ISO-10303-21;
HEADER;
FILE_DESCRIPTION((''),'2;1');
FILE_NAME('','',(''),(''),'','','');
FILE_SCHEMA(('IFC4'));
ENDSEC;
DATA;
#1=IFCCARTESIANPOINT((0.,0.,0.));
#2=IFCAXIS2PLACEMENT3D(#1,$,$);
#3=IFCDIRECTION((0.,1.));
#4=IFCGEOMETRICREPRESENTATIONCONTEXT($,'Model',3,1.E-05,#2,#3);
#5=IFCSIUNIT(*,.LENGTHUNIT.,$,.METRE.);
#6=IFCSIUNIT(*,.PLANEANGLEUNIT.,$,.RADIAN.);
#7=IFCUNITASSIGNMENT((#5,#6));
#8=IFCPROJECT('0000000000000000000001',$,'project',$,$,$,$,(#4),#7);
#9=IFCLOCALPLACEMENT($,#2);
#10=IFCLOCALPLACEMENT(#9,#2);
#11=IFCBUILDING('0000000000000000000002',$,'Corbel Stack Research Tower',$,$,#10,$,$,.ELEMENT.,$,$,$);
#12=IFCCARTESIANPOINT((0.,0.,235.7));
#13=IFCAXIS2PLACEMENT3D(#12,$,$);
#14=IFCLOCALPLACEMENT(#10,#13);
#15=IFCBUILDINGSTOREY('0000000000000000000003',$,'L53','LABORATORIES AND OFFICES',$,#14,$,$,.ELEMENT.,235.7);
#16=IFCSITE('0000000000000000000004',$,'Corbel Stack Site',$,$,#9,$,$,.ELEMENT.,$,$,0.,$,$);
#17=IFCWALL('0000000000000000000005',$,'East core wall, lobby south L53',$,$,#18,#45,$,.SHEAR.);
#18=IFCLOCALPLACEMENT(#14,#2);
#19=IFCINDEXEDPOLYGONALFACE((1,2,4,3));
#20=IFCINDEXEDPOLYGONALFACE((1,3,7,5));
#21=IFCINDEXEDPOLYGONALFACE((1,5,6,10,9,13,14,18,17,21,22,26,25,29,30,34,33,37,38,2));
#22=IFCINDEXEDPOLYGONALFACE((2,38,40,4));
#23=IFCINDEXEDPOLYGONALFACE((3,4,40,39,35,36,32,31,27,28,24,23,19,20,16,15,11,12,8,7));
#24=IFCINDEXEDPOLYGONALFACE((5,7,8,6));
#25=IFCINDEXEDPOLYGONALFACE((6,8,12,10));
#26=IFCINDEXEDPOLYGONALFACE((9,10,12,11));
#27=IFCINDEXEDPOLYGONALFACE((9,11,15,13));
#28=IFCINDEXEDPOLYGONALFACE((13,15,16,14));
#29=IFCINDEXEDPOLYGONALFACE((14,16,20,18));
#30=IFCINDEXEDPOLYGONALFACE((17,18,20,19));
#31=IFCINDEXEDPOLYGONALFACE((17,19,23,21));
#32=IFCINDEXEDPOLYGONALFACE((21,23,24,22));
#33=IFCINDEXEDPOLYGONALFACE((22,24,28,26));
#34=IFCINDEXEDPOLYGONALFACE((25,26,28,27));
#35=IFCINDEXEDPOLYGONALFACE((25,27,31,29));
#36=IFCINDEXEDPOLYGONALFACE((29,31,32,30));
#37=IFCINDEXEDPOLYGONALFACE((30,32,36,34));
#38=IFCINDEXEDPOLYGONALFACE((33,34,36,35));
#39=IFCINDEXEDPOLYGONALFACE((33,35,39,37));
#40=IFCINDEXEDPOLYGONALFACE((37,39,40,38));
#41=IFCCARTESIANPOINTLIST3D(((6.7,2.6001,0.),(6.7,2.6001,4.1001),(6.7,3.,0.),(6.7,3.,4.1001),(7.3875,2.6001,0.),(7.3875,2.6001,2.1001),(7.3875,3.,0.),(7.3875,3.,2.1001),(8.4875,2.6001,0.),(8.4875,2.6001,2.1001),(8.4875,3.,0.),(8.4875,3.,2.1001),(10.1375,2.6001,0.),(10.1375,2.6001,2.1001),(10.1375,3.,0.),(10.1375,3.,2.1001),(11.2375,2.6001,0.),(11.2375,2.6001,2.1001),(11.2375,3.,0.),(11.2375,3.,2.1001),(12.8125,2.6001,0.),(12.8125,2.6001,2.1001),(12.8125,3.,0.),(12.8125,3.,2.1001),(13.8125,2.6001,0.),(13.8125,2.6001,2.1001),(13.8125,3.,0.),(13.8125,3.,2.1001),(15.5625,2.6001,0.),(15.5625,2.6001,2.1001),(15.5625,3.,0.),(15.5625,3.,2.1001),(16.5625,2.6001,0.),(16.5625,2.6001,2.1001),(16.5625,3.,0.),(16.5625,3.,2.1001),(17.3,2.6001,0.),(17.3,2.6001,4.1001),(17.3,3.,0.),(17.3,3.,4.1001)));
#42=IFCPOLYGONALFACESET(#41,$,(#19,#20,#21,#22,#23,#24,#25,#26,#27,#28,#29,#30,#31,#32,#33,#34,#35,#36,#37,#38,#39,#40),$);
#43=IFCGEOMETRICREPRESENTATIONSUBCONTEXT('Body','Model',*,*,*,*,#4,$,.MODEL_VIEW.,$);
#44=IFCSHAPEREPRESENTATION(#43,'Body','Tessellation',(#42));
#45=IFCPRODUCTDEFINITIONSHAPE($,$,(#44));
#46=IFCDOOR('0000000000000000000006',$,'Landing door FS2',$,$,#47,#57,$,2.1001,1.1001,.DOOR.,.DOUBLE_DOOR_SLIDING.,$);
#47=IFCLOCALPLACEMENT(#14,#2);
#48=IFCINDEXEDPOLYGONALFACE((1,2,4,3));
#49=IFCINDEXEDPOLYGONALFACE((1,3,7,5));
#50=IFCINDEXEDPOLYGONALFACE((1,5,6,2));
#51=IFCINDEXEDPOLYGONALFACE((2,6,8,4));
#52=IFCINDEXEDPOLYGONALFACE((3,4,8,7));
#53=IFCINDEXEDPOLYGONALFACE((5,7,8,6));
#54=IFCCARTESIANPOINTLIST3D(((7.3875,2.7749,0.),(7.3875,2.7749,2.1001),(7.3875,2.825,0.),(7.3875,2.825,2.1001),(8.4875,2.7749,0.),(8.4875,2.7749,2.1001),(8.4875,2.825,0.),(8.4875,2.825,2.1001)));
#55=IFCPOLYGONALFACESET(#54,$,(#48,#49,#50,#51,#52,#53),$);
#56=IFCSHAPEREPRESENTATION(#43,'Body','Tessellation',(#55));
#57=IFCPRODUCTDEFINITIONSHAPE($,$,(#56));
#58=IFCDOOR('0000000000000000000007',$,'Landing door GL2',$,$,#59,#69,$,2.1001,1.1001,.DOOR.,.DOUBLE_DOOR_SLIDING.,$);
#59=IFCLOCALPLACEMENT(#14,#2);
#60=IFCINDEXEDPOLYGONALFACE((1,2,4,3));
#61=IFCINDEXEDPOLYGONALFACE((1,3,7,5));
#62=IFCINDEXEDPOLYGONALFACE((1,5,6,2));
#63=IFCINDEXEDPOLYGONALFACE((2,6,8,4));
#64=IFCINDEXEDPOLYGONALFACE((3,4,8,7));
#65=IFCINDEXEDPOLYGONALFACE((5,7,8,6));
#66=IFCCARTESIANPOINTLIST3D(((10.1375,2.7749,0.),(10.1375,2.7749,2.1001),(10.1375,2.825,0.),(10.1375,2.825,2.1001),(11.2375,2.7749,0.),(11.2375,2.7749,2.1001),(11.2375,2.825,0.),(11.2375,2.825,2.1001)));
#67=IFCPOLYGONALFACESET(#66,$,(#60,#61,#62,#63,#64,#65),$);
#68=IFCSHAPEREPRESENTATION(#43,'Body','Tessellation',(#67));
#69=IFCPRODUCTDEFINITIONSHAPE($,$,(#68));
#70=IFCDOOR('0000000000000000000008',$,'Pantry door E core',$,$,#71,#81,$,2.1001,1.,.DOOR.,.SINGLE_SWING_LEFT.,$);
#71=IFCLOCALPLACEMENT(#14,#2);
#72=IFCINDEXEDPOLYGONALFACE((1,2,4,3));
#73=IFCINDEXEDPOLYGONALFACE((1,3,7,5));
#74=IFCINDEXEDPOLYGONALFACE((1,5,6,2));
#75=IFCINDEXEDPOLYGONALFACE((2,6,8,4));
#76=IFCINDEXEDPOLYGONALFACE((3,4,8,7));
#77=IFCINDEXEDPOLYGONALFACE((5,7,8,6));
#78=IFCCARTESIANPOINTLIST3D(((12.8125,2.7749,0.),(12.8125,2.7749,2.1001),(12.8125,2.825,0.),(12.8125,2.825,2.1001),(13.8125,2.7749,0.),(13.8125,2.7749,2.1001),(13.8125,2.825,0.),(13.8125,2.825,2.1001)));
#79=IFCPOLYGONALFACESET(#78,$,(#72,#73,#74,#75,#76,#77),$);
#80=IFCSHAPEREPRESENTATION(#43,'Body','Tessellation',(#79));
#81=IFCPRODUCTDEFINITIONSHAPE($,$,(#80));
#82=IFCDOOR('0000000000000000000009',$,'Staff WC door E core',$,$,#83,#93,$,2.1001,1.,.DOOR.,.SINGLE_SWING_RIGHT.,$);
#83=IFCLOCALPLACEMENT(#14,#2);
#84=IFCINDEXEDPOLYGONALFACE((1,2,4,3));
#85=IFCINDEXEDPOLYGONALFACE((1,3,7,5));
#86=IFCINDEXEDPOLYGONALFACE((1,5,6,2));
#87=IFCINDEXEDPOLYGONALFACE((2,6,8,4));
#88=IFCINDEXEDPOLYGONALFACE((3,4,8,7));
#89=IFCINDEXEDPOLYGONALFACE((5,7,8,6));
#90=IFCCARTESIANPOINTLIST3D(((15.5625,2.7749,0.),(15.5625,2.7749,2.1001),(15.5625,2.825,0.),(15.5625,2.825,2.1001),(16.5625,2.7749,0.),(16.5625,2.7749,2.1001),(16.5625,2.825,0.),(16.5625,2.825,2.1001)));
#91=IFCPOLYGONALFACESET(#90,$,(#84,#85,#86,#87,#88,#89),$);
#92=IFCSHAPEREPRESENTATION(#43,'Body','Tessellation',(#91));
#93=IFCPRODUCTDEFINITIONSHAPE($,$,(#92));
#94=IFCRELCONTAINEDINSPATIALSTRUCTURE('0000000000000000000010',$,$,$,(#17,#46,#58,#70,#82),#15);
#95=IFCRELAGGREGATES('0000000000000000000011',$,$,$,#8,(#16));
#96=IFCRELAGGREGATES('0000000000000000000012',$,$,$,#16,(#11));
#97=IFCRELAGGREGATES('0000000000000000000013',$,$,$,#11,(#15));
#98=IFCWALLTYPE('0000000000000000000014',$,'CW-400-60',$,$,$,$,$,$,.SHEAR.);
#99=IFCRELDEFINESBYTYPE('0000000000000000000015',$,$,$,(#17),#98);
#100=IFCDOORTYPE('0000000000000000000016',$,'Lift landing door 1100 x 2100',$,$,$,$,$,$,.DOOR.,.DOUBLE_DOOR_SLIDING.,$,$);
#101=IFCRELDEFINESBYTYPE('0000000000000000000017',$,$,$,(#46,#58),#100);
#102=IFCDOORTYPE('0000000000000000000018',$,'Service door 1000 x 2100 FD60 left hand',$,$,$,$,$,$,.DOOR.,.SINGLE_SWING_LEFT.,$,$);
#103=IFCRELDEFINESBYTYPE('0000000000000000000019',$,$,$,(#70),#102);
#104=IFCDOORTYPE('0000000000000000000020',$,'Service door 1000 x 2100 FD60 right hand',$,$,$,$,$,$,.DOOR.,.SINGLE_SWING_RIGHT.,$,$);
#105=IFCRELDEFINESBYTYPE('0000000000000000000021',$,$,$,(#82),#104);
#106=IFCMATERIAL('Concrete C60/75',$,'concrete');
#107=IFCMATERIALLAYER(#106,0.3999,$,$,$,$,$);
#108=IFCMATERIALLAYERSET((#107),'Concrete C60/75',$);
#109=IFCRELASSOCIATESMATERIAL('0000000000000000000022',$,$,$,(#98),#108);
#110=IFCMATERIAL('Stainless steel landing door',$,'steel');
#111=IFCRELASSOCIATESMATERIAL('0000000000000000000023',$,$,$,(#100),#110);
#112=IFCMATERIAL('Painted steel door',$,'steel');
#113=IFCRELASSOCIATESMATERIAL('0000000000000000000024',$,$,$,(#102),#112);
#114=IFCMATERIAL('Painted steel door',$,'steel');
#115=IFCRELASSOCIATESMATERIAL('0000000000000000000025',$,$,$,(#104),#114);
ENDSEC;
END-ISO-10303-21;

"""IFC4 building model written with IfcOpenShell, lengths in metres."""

from ifc_helpers import new_model, si_unit, direction, frame, frame_2d, origin, place, context, subcontext, project, spatial, rectangle, extrude, material, layer, layer_set, type_object, element, fill, save


model = new_model("IFC4")

# Units and contexts
model_context = context("Model", 3, precision=1e-05, world=origin(), true_north=direction((0.0, 1.0)))
body_context = subcontext(model_context, "Body", "Model", "MODEL_VIEW")
ifc_project = project(units=[si_unit("LENGTHUNIT", "METRE"), si_unit("PLANEANGLEUNIT", "RADIAN")], contexts=[model_context])

# Site, building, storey
site_placement = place(None, origin())
site = spatial("IfcSite", under=ifc_project, at=site_placement, Name="Corbel Stack Site", CompositionType="ELEMENT", RefElevation=0.0)
building_placement = place(site_placement, origin())
building = spatial("IfcBuilding", under=site, at=building_placement, Name="Corbel Stack Research Tower", CompositionType="ELEMENT")
storey_placement = place(building_placement, frame((0.0, 0.0, 235.7)))
storey = spatial("IfcBuildingStorey", under=building, at=storey_placement, Name="L53", Description="LABORATORIES AND OFFICES", CompositionType="ELEMENT", Elevation=235.7)

# Wall, openings, doors
ifc_material_1 = material(Name="Concrete C60/75", Category="concrete")
ifc_layer_1 = layer(ifc_material_1, 0.3999)
ifc_layer_set_1 = layer_set([ifc_layer_1], Name="Concrete C60/75")
wall_type_1 = type_object("IfcWallType", Name="CW-400-60", PredefinedType="SHEAR", material=ifc_layer_set_1)
wall_1_placement = place(storey_placement, frame((6.7, 2.8, 0.0), z_axis=(0.0, 0.0, 1.0), x_axis=(1.0, 0.0, 0.0)))
wall_1 = element("IfcWall", 1, at=wall_1_placement, inside=storey, type_object=wall_type_1, Name="East core wall, lobby south L53", PredefinedType="SHEAR", context=body_context, shape_type="SweptSolid", body=[
    extrude(rectangle(XDim=10.6001, YDim=0.3999, at=frame_2d((5.3, 0.0))), origin(), (0.0, 0.0, 1.0), 4.1001),
])
opening_1_placement = place(wall_1_placement, frame((0.6875, 0.0, 0.0)))
opening_1 = element("IfcOpeningElement", 2, at=opening_1_placement, cuts=wall_1, PredefinedType="OPENING", context=body_context, shape_type="SweptSolid", body=[
    extrude(rectangle(XDim=1.1001, YDim=2.1001, at=frame_2d((0.55, 1.05))), frame((0.0, 0.21, 0.0), z_axis=(0.0, -1.0, 0.0), x_axis=(1.0, 0.0, 0.0)), (0.0, 0.0, 1.0), 0.4199),
])
opening_2_placement = place(wall_1_placement, frame((3.4375, 0.0, 0.0)))
opening_2 = element("IfcOpeningElement", 3, at=opening_2_placement, cuts=wall_1, PredefinedType="OPENING", context=body_context, shape_type="SweptSolid", body=[
    extrude(rectangle(XDim=1.1001, YDim=2.1001, at=frame_2d((0.55, 1.05))), frame((0.0, 0.21, 0.0), z_axis=(0.0, -1.0, 0.0), x_axis=(1.0, 0.0, 0.0)), (0.0, 0.0, 1.0), 0.4199),
])
opening_3_placement = place(wall_1_placement, frame((6.1125, 0.0, 0.0)))
opening_3 = element("IfcOpeningElement", 4, at=opening_3_placement, cuts=wall_1, PredefinedType="OPENING", context=body_context, shape_type="SweptSolid", body=[
    extrude(rectangle(XDim=1.0, YDim=2.1001, at=frame_2d((0.5, 1.05))), frame((0.0, 0.21, 0.0), z_axis=(0.0, -1.0, 0.0), x_axis=(1.0, 0.0, 0.0)), (0.0, 0.0, 1.0), 0.4199),
])
opening_4_placement = place(wall_1_placement, frame((8.8625, 0.0, 0.0)))
opening_4 = element("IfcOpeningElement", 5, at=opening_4_placement, cuts=wall_1, PredefinedType="OPENING", context=body_context, shape_type="SweptSolid", body=[
    extrude(rectangle(XDim=1.0, YDim=2.1001, at=frame_2d((0.5, 1.05))), frame((0.0, 0.21, 0.0), z_axis=(0.0, -1.0, 0.0), x_axis=(1.0, 0.0, 0.0)), (0.0, 0.0, 1.0), 0.4199),
])
ifc_material_2 = material(Name="Stainless steel landing door", Category="steel")
door_type_1 = type_object("IfcDoorType", Name="Lift landing door 1100 x 2100", OperationType="DOUBLE_DOOR_SLIDING", PredefinedType="DOOR", material=ifc_material_2)
door_1_placement = place(opening_1_placement, origin())
door_1 = element("IfcDoor", 6, at=door_1_placement, inside=storey, type_object=door_type_1, Name="Landing door FS2", OperationType="DOUBLE_DOOR_SLIDING", OverallHeight=2.1001, OverallWidth=1.1001, PredefinedType="DOOR", context=body_context, shape_type="SweptSolid", body=[
    extrude(rectangle(XDim=1.1001, YDim=2.1001, at=frame_2d((0.55, 1.05))), frame((0.0, 0.0249, 0.0), z_axis=(0.0, -1.0, 0.0), x_axis=(1.0, 0.0, 0.0)), (0.0, 0.0, 1.0), 0.05),
])
fill(opening_1, door_1)
door_2_placement = place(opening_2_placement, origin())
door_2 = element("IfcDoor", 7, at=door_2_placement, inside=storey, type_object=door_type_1, Name="Landing door GL2", OperationType="DOUBLE_DOOR_SLIDING", OverallHeight=2.1001, OverallWidth=1.1001, PredefinedType="DOOR", context=body_context, shape_type="SweptSolid", body=[
    extrude(rectangle(XDim=1.1001, YDim=2.1001, at=frame_2d((0.55, 1.05))), frame((0.0, 0.0249, 0.0), z_axis=(0.0, -1.0, 0.0), x_axis=(1.0, 0.0, 0.0)), (0.0, 0.0, 1.0), 0.05),
])
fill(opening_2, door_2)
ifc_material_3 = material(Name="Painted steel door", Category="steel")
door_type_2 = type_object("IfcDoorType", Name="Service door 1000 x 2100 FD60 left hand", OperationType="SINGLE_SWING_LEFT", PredefinedType="DOOR", material=ifc_material_3)
door_3_placement = place(opening_3_placement, origin())
door_3 = element("IfcDoor", 8, at=door_3_placement, inside=storey, type_object=door_type_2, Name="Pantry door E core", OperationType="SINGLE_SWING_LEFT", OverallHeight=2.1001, OverallWidth=1.0, PredefinedType="DOOR", context=body_context, shape_type="SweptSolid", body=[
    extrude(rectangle(XDim=1.0, YDim=2.1001, at=frame_2d((0.5, 1.05))), frame((0.0, 0.0249, 0.0), z_axis=(0.0, -1.0, 0.0), x_axis=(1.0, 0.0, 0.0)), (0.0, 0.0, 1.0), 0.05),
])
fill(opening_3, door_3)
ifc_material_4 = material(Name="Painted steel door", Category="steel")
door_type_3 = type_object("IfcDoorType", Name="Service door 1000 x 2100 FD60 right hand", OperationType="SINGLE_SWING_RIGHT", PredefinedType="DOOR", material=ifc_material_4)
door_4_placement = place(opening_4_placement, origin())
door_4 = element("IfcDoor", 9, at=door_4_placement, inside=storey, type_object=door_type_3, Name="Staff WC door E core", OperationType="SINGLE_SWING_RIGHT", OverallHeight=2.1001, OverallWidth=1.0, PredefinedType="DOOR", context=body_context, shape_type="SweptSolid", body=[
    extrude(rectangle(XDim=1.0, YDim=2.1001, at=frame_2d((0.5, 1.05))), frame((0.0, 0.0249, 0.0), z_axis=(0.0, -1.0, 0.0), x_axis=(1.0, 0.0, 0.0)), (0.0, 0.0, 1.0), 0.05),
])
fill(opening_4, door_4)

save(model, "model.ifc")
